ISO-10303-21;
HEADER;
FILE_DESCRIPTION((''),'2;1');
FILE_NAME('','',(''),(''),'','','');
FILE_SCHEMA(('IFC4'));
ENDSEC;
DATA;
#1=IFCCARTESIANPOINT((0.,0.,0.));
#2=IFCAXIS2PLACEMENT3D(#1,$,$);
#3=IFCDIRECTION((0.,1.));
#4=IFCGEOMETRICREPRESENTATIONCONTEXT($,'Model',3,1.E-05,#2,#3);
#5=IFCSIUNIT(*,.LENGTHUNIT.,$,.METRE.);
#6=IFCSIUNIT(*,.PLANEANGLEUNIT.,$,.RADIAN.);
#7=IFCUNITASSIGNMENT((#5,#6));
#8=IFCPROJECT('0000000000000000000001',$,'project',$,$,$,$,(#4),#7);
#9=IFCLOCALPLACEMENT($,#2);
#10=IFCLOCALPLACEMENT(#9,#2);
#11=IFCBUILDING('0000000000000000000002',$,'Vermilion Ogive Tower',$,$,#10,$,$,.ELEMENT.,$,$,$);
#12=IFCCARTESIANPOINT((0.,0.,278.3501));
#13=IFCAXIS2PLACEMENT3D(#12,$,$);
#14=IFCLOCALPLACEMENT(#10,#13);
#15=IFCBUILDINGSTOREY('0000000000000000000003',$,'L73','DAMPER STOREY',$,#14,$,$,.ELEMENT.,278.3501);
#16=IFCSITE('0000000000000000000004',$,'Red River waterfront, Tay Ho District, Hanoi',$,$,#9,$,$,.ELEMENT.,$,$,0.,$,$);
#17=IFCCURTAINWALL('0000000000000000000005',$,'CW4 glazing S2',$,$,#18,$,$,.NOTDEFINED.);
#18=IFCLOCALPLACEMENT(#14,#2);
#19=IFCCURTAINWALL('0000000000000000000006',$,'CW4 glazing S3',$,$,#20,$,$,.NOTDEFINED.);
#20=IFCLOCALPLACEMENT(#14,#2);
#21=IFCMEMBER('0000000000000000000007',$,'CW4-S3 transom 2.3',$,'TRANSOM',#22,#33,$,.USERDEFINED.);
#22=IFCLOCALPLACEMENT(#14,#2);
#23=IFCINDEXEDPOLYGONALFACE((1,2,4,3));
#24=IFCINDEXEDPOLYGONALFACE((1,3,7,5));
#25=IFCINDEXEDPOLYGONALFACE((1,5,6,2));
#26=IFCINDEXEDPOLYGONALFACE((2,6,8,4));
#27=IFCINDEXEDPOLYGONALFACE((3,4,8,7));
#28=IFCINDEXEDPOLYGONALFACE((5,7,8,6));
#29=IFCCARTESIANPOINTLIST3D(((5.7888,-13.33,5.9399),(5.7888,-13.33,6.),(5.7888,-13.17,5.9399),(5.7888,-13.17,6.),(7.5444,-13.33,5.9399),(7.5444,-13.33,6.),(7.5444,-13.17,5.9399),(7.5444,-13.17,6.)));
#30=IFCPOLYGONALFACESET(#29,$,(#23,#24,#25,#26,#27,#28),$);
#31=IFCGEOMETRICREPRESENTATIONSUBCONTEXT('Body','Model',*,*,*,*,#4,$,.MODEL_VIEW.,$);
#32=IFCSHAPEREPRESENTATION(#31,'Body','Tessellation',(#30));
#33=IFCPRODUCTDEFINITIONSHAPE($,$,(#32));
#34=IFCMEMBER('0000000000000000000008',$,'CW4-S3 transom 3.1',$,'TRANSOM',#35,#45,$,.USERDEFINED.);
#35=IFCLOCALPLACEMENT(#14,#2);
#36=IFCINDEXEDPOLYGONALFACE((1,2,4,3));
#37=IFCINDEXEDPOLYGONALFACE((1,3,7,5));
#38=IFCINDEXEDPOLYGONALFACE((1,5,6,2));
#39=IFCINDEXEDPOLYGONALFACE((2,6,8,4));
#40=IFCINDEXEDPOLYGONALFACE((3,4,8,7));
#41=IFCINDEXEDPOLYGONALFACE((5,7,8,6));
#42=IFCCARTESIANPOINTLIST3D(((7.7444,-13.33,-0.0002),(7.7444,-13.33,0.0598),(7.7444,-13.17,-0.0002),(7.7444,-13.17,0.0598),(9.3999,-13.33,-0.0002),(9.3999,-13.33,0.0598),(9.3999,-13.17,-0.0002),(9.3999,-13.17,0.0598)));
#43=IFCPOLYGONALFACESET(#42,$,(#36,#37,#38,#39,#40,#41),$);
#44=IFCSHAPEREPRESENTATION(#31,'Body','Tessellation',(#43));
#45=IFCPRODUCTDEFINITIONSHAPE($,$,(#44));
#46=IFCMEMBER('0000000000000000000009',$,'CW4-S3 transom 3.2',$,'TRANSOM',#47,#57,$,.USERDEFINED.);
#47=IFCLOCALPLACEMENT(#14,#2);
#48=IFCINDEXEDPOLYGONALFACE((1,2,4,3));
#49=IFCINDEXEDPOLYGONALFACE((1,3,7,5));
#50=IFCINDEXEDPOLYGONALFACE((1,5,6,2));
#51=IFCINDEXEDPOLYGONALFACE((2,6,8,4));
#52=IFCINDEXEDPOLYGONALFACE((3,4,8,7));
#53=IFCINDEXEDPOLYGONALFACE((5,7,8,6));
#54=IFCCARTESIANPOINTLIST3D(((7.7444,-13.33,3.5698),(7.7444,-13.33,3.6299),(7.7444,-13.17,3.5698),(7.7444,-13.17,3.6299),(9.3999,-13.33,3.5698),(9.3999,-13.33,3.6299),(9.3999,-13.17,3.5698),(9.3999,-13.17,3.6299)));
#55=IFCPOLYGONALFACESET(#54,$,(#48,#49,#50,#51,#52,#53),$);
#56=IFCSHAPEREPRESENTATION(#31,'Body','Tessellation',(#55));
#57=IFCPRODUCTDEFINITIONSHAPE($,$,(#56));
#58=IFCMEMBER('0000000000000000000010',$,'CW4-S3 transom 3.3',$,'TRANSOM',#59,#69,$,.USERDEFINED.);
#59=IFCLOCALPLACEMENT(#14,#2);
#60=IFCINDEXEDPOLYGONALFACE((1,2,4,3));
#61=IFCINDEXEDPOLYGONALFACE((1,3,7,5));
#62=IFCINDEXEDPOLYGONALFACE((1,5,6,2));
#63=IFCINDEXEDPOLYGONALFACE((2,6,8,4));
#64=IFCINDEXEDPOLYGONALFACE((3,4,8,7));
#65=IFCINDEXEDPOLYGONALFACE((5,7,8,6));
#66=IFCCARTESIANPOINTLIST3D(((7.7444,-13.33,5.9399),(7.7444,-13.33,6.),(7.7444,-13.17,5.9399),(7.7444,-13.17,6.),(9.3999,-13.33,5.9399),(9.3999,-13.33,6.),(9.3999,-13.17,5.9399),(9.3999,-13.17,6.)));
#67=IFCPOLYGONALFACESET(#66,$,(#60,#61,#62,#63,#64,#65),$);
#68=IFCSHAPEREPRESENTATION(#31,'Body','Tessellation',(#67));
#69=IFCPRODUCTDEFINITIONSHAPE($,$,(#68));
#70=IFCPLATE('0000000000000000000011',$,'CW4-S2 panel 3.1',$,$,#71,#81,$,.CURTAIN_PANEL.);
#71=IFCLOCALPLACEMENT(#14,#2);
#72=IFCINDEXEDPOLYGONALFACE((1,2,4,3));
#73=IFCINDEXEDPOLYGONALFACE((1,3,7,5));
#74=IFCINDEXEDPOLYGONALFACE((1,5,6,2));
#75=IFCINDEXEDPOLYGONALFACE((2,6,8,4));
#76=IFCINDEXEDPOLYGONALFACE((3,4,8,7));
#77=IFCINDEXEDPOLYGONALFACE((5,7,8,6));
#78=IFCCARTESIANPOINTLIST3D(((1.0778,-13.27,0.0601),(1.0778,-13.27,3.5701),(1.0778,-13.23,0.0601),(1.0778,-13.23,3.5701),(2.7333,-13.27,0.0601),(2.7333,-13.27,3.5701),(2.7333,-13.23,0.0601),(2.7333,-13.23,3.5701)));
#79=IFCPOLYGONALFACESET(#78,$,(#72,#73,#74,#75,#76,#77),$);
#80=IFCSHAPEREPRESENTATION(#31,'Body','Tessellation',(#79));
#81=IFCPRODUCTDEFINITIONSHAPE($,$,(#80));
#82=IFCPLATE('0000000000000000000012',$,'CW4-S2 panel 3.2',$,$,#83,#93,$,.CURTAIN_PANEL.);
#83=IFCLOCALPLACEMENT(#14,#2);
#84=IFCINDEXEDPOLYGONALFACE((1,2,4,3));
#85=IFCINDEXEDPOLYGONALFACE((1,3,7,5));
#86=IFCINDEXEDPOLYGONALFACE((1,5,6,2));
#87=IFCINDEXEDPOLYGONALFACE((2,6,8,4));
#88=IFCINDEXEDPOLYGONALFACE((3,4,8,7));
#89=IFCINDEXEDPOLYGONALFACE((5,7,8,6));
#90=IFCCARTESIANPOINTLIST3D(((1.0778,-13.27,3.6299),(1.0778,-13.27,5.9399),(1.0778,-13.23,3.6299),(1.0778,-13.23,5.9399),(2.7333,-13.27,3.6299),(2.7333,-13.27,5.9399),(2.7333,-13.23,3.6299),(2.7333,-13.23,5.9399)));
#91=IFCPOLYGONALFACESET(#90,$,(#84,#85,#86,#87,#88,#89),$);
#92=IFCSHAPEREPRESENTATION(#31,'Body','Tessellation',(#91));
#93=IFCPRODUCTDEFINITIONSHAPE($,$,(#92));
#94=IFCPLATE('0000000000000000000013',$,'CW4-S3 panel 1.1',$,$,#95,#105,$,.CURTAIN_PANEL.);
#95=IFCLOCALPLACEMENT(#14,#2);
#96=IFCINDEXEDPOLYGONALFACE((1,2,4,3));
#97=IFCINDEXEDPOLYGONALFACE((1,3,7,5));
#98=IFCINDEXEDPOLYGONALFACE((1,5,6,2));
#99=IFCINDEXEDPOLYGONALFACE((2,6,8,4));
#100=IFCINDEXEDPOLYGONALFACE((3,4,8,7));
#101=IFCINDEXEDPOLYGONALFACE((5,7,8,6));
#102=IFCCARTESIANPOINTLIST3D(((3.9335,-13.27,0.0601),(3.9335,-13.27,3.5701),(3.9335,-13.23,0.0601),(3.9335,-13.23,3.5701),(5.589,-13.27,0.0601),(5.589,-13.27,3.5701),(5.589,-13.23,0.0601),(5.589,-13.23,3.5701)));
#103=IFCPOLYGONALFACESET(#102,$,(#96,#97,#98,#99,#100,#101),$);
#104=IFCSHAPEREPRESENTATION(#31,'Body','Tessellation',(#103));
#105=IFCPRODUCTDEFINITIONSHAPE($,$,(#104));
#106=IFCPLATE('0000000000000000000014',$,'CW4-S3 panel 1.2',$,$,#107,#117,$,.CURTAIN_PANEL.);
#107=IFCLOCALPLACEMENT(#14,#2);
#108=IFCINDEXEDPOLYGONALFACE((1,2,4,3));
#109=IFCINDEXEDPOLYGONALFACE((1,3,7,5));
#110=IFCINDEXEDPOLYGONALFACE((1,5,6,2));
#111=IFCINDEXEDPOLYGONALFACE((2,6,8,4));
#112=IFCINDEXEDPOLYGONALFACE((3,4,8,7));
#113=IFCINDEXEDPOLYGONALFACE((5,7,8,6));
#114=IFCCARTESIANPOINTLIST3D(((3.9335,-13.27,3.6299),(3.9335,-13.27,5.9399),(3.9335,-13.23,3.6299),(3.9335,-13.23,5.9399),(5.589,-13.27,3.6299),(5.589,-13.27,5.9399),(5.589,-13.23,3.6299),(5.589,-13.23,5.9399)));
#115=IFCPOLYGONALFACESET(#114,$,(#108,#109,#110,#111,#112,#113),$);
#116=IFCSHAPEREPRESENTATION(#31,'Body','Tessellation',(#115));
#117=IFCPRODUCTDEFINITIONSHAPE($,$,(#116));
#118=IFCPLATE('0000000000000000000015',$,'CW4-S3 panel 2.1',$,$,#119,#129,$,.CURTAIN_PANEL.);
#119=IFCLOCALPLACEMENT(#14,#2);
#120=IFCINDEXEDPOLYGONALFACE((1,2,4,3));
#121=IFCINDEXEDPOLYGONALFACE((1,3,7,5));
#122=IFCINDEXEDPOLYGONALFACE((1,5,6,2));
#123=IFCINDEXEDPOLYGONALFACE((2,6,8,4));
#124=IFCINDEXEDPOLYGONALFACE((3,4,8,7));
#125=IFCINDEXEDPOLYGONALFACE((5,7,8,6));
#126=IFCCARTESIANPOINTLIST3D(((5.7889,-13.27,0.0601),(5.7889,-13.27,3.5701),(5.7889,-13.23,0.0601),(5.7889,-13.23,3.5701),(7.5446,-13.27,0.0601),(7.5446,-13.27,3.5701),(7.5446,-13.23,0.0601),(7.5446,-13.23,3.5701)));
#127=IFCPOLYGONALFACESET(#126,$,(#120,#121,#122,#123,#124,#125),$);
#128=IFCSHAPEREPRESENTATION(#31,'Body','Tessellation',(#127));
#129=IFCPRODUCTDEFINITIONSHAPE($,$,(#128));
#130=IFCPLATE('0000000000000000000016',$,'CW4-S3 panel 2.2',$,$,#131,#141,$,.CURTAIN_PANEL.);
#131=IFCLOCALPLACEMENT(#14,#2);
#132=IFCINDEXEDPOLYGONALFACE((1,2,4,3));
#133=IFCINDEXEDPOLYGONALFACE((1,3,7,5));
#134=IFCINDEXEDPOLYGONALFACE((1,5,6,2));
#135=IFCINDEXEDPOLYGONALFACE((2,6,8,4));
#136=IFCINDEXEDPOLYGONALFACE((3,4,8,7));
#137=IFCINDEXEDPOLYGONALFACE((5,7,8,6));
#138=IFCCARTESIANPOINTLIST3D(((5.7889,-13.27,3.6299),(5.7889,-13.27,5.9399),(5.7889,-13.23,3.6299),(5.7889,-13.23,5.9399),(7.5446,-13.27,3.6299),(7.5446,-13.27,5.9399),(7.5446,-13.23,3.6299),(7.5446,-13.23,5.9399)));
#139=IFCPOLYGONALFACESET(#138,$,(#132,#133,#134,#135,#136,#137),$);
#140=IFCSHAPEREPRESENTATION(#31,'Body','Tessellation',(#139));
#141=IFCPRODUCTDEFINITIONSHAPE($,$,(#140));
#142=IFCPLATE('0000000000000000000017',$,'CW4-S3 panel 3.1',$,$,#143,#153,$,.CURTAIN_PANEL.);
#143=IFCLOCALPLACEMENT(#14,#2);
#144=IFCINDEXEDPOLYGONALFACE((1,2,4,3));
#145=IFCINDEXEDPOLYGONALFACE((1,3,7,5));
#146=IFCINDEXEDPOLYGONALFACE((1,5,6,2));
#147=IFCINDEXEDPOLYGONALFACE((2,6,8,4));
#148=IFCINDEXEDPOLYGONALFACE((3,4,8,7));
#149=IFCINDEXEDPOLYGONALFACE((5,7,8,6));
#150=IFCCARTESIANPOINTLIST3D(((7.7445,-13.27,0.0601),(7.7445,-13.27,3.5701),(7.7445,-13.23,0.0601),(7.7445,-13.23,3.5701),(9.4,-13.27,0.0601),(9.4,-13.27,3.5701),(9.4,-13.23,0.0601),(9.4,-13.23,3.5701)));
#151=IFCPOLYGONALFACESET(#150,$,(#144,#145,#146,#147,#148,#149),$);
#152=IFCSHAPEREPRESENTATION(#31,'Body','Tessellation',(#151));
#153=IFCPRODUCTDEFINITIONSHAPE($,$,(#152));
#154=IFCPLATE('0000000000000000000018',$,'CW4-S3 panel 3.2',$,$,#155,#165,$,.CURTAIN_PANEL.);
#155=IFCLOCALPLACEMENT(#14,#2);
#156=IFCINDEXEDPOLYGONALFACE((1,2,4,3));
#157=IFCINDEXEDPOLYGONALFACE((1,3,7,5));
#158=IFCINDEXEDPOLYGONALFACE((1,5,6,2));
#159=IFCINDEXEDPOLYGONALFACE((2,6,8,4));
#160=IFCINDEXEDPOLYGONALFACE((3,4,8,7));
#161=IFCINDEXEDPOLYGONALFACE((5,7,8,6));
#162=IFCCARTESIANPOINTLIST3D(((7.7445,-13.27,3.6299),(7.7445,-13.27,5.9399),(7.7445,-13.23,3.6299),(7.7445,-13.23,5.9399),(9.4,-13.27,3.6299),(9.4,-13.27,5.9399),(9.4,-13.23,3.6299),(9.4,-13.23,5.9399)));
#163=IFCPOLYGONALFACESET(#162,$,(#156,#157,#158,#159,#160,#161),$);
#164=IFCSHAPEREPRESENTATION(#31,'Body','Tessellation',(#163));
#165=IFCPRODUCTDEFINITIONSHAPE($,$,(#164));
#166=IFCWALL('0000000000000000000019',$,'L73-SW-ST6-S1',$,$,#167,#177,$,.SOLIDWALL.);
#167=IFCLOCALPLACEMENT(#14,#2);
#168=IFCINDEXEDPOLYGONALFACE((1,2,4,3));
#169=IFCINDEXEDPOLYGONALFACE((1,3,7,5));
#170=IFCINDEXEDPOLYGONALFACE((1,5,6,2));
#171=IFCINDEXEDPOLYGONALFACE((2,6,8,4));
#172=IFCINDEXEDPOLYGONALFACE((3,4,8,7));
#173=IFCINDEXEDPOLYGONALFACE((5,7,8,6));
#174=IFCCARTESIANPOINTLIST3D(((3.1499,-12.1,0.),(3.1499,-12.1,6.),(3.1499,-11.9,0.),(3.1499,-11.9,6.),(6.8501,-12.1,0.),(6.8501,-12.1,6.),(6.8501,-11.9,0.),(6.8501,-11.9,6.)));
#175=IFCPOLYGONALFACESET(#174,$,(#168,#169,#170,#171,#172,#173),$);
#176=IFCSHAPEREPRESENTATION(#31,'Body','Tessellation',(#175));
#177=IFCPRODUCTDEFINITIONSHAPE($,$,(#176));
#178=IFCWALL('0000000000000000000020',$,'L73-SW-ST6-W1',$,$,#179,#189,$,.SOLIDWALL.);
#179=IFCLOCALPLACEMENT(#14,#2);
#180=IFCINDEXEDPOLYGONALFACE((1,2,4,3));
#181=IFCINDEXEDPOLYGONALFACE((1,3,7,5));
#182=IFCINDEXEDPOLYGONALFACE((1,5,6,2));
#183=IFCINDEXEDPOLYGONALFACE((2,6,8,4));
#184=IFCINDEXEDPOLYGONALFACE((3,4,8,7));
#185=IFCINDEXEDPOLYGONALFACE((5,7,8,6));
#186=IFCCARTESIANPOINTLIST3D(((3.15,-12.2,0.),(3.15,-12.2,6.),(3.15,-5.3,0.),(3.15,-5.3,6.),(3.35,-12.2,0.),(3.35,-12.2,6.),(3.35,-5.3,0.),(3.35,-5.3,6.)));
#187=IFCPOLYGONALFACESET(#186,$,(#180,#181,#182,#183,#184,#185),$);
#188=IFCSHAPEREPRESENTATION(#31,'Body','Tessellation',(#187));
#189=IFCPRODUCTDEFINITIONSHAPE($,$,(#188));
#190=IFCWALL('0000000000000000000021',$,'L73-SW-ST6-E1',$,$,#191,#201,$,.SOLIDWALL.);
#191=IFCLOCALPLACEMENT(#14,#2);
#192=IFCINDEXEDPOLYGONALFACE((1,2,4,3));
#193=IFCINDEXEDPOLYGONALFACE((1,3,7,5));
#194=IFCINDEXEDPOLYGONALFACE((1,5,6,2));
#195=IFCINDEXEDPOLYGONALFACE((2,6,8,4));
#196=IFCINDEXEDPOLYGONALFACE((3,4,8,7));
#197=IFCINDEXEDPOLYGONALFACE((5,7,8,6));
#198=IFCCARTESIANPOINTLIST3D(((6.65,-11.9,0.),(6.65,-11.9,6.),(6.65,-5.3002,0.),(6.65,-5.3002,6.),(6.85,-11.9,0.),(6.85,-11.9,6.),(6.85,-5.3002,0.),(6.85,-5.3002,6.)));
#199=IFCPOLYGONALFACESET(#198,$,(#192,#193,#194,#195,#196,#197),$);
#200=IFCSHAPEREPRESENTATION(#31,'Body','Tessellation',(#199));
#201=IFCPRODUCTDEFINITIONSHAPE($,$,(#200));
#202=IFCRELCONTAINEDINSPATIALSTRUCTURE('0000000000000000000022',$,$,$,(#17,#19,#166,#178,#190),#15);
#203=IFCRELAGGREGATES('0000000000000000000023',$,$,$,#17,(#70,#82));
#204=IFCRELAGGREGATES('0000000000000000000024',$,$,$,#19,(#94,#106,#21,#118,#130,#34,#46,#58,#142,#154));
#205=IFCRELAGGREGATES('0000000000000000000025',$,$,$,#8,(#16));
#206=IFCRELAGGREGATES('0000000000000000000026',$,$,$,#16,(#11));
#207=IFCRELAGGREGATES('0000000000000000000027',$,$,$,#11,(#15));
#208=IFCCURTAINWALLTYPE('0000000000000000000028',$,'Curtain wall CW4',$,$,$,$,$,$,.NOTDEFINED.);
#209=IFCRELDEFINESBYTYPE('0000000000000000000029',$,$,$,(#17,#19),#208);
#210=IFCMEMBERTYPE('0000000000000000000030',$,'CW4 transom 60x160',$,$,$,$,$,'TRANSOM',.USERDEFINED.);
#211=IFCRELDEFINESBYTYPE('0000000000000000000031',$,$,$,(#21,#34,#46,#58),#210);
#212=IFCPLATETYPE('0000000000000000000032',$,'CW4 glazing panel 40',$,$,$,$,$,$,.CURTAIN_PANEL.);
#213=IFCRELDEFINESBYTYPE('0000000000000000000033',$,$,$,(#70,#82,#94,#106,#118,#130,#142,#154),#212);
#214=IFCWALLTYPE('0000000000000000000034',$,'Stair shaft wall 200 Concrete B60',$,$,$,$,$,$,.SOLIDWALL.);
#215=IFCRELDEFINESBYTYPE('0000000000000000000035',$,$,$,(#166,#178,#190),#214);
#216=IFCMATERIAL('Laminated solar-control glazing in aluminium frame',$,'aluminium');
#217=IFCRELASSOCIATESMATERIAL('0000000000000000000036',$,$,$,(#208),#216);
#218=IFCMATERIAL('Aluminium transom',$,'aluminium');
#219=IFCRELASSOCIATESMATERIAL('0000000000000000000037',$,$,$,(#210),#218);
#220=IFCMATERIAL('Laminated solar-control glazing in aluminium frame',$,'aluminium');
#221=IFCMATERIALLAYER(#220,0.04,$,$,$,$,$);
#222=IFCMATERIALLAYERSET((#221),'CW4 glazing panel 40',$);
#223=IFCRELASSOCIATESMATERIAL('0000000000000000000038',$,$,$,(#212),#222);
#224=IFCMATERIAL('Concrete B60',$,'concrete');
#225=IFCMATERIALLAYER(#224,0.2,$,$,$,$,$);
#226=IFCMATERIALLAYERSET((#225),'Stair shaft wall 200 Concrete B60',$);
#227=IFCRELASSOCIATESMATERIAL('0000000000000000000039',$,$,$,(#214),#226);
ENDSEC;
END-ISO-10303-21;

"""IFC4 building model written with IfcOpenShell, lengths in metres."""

from ifc_helpers import new_model, si_unit, direction, frame, frame_2d, origin, origin_2d, place, context, subcontext, project, spatial, rectangle, extrude, material, layer, layer_set, material_profile, profile_set, type_object, element, aggregate, save


model = new_model("IFC4")

# Units and contexts
model_context = context("Model", 3, precision=1e-05, world=origin(), true_north=direction((0.0, 1.0)))
body_context = subcontext(model_context, "Body", "Model", "MODEL_VIEW")
ifc_project = project(units=[si_unit("LENGTHUNIT", "METRE"), si_unit("PLANEANGLEUNIT", "RADIAN")], contexts=[model_context])

# Site, building, storey
site_placement = place(None, origin())
site = spatial("IfcSite", under=ifc_project, at=site_placement, Name="Red River waterfront, Tay Ho District, Hanoi", CompositionType="ELEMENT", RefElevation=0.0)
building_placement = place(site_placement, origin())
building = spatial("IfcBuilding", under=site, at=building_placement, Name="Vermilion Ogive Tower", CompositionType="ELEMENT")
storey_placement = place(building_placement, frame((0.0, 0.0, 278.3501)))
storey = spatial("IfcBuildingStorey", under=building, at=storey_placement, Name="L73", Description="DAMPER STOREY", CompositionType="ELEMENT", Elevation=278.3501)

# Curtain walls
ifc_material_1 = material(Name="Laminated solar-control glazing in aluminium frame", Category="aluminium")
curtain_wall_type = type_object("IfcCurtainWallType", Name="Curtain wall CW4", PredefinedType="NOTDEFINED", material=ifc_material_1)
curtain_wall_1_placement = place(storey_placement, origin())
curtain_wall_1 = element("IfcCurtainWall", 1, at=curtain_wall_1_placement, inside=storey, type_object=curtain_wall_type, Name="CW4 glazing S2", PredefinedType="NOTDEFINED")
curtain_wall_2_placement = place(storey_placement, origin())
curtain_wall_2 = element("IfcCurtainWall", 2, at=curtain_wall_2_placement, inside=storey, type_object=curtain_wall_type, Name="CW4 glazing S3", PredefinedType="NOTDEFINED")

# Members
ifc_material_2 = material(Name="Aluminium transom", Category="aluminium")
ifc_material_profile_1 = material_profile(ifc_material_2, rectangle(XDim=0.1599, YDim=0.0601, at=origin_2d()), Name="AL 60x160")
ifc_profile_set_1 = profile_set([ifc_material_profile_1], Name="Aluminium transom")
member_type_1 = type_object("IfcMemberType", Name="CW4 transom 60x160", ElementType="TRANSOM", PredefinedType="USERDEFINED", material=ifc_profile_set_1)
member_1_placement = place(storey_placement, frame((5.7888, -13.25, 5.97), z_axis=(1.0, 0.0, 0.0), x_axis=(0.0, 1.0, 0.0)))
member_1 = element("IfcMember", 3, at=member_1_placement, type_object=member_type_1, Name="CW4-S3 transom 2.3", ObjectType="TRANSOM", PredefinedType="USERDEFINED", context=body_context, shape_type="SweptSolid", body=[
    extrude(rectangle(XDim=0.1599, YDim=0.0601, at=origin_2d()), origin(), (0.0, 0.0, 1.0), 1.7556),
])
member_2_placement = place(storey_placement, frame((7.7444, -13.25, 0.0298), z_axis=(1.0, 0.0, 0.0), x_axis=(0.0, 1.0, 0.0)))
member_2 = element("IfcMember", 4, at=member_2_placement, type_object=member_type_1, Name="CW4-S3 transom 3.1", ObjectType="TRANSOM", PredefinedType="USERDEFINED", context=body_context, shape_type="SweptSolid", body=[
    extrude(rectangle(XDim=0.1599, YDim=0.0601, at=origin_2d()), origin(), (0.0, 0.0, 1.0), 1.6555),
])
member_3_placement = place(storey_placement, frame((7.7444, -13.25, 3.5999), z_axis=(1.0, 0.0, 0.0), x_axis=(0.0, 1.0, 0.0)))
member_3 = element("IfcMember", 5, at=member_3_placement, type_object=member_type_1, Name="CW4-S3 transom 3.2", ObjectType="TRANSOM", PredefinedType="USERDEFINED", context=body_context, shape_type="SweptSolid", body=[
    extrude(rectangle(XDim=0.1599, YDim=0.0601, at=origin_2d()), origin(), (0.0, 0.0, 1.0), 1.6555),
])
member_4_placement = place(storey_placement, frame((7.7444, -13.25, 5.97), z_axis=(1.0, 0.0, 0.0), x_axis=(0.0, 1.0, 0.0)))
member_4 = element("IfcMember", 6, at=member_4_placement, type_object=member_type_1, Name="CW4-S3 transom 3.3", ObjectType="TRANSOM", PredefinedType="USERDEFINED", context=body_context, shape_type="SweptSolid", body=[
    extrude(rectangle(XDim=0.1599, YDim=0.0601, at=origin_2d()), origin(), (0.0, 0.0, 1.0), 1.6555),
])

# Plates
ifc_material_3 = material(Name="Laminated solar-control glazing in aluminium frame", Category="aluminium")
ifc_layer_1 = layer(ifc_material_3, 0.04)
ifc_layer_set_1 = layer_set([ifc_layer_1], Name="CW4 glazing panel 40")
plate_type = type_object("IfcPlateType", Name="CW4 glazing panel 40", PredefinedType="CURTAIN_PANEL", material=ifc_layer_set_1)
plate_1_placement = place(storey_placement, frame((1.9055, -13.25, 0.0601), z_axis=(0.0, 0.0, 1.0), x_axis=(1.0, 0.0, 0.0)))
plate_1 = element("IfcPlate", 7, at=plate_1_placement, type_object=plate_type, Name="CW4-S2 panel 3.1", PredefinedType="CURTAIN_PANEL", context=body_context, shape_type="SweptSolid", body=[
    extrude(rectangle(XDim=1.6555, YDim=0.04, at=origin_2d()), origin(), (0.0, 0.0, 1.0), 3.51),
])
plate_2_placement = place(storey_placement, frame((1.9055, -13.25, 3.6299), z_axis=(0.0, 0.0, 1.0), x_axis=(1.0, 0.0, 0.0)))
plate_2 = element("IfcPlate", 8, at=plate_2_placement, type_object=plate_type, Name="CW4-S2 panel 3.2", PredefinedType="CURTAIN_PANEL", context=body_context, shape_type="SweptSolid", body=[
    extrude(rectangle(XDim=1.6555, YDim=0.04, at=origin_2d()), origin(), (0.0, 0.0, 1.0), 2.3101),
])
aggregate(curtain_wall_1, [plate_1, plate_2])
plate_3_placement = place(storey_placement, frame((4.7612, -13.25, 0.0601), z_axis=(0.0, 0.0, 1.0), x_axis=(1.0, 0.0, 0.0)))
plate_3 = element("IfcPlate", 9, at=plate_3_placement, type_object=plate_type, Name="CW4-S3 panel 1.1", PredefinedType="CURTAIN_PANEL", context=body_context, shape_type="SweptSolid", body=[
    extrude(rectangle(XDim=1.6555, YDim=0.04, at=origin_2d()), origin(), (0.0, 0.0, 1.0), 3.51),
])
plate_4_placement = place(storey_placement, frame((4.7612, -13.25, 3.6299), z_axis=(0.0, 0.0, 1.0), x_axis=(1.0, 0.0, 0.0)))
plate_4 = element("IfcPlate", 10, at=plate_4_placement, type_object=plate_type, Name="CW4-S3 panel 1.2", PredefinedType="CURTAIN_PANEL", context=body_context, shape_type="SweptSolid", body=[
    extrude(rectangle(XDim=1.6555, YDim=0.04, at=origin_2d()), origin(), (0.0, 0.0, 1.0), 2.3101),
])
plate_5_placement = place(storey_placement, frame((6.6667, -13.25, 0.0601), z_axis=(0.0, 0.0, 1.0), x_axis=(1.0, 0.0, 0.0)))
plate_5 = element("IfcPlate", 11, at=plate_5_placement, type_object=plate_type, Name="CW4-S3 panel 2.1", PredefinedType="CURTAIN_PANEL", context=body_context, shape_type="SweptSolid", body=[
    extrude(rectangle(XDim=1.7556, YDim=0.04, at=origin_2d()), origin(), (0.0, 0.0, 1.0), 3.51),
])
plate_6_placement = place(storey_placement, frame((6.6667, -13.25, 3.6299), z_axis=(0.0, 0.0, 1.0), x_axis=(1.0, 0.0, 0.0)))
plate_6 = element("IfcPlate", 12, at=plate_6_placement, type_object=plate_type, Name="CW4-S3 panel 2.2", PredefinedType="CURTAIN_PANEL", context=body_context, shape_type="SweptSolid", body=[
    extrude(rectangle(XDim=1.7556, YDim=0.04, at=origin_2d()), origin(), (0.0, 0.0, 1.0), 2.3101),
])
plate_7_placement = place(storey_placement, frame((8.5723, -13.25, 0.0601), z_axis=(0.0, 0.0, 1.0), x_axis=(1.0, 0.0, 0.0)))
plate_7 = element("IfcPlate", 13, at=plate_7_placement, type_object=plate_type, Name="CW4-S3 panel 3.1", PredefinedType="CURTAIN_PANEL", context=body_context, shape_type="SweptSolid", body=[
    extrude(rectangle(XDim=1.6555, YDim=0.04, at=origin_2d()), origin(), (0.0, 0.0, 1.0), 3.51),
])
plate_8_placement = place(storey_placement, frame((8.5723, -13.25, 3.6299), z_axis=(0.0, 0.0, 1.0), x_axis=(1.0, 0.0, 0.0)))
plate_8 = element("IfcPlate", 14, at=plate_8_placement, type_object=plate_type, Name="CW4-S3 panel 3.2", PredefinedType="CURTAIN_PANEL", context=body_context, shape_type="SweptSolid", body=[
    extrude(rectangle(XDim=1.6555, YDim=0.04, at=origin_2d()), origin(), (0.0, 0.0, 1.0), 2.3101),
])
aggregate(curtain_wall_2, [plate_3, plate_4, member_1, plate_5, plate_6, member_2, member_3, member_4, plate_7, plate_8])

# Walls
ifc_material_4 = material(Name="Concrete B60", Category="concrete")
ifc_layer_2 = layer(ifc_material_4, 0.2)
ifc_layer_set_2 = layer_set([ifc_layer_2], Name="Stair shaft wall 200 Concrete B60")
wall_type = type_object("IfcWallType", Name="Stair shaft wall 200 Concrete B60", PredefinedType="SOLIDWALL", material=ifc_layer_set_2)
wall_1_placement = place(storey_placement, frame((3.1499, -12.0, 0.0), z_axis=(0.0, 0.0, 1.0), x_axis=(1.0, 0.0, 0.0)))
element("IfcWall", 15, at=wall_1_placement, inside=storey, type_object=wall_type, Name="L73-SW-ST6-S1", PredefinedType="SOLIDWALL", context=body_context, shape_type="SweptSolid", body=[
    extrude(rectangle(XDim=3.7002, YDim=0.2, at=frame_2d((1.8501, 0.0))), origin(), (0.0, 0.0, 1.0), 6.0),
])
wall_2_placement = place(storey_placement, frame((3.25, -12.2, 0.0), z_axis=(0.0, 0.0, 1.0), x_axis=(0.0, 1.0, 0.0)))
element("IfcWall", 16, at=wall_2_placement, inside=storey, type_object=wall_type, Name="L73-SW-ST6-W1", PredefinedType="SOLIDWALL", context=body_context, shape_type="SweptSolid", body=[
    extrude(rectangle(XDim=6.8999, YDim=0.2, at=frame_2d((3.45, 0.0))), origin(), (0.0, 0.0, 1.0), 6.0),
])
wall_3_placement = place(storey_placement, frame((6.75, -11.8999, 0.0), z_axis=(0.0, 0.0, 1.0), x_axis=(0.0, 1.0, 0.0)))
element("IfcWall", 17, at=wall_3_placement, inside=storey, type_object=wall_type, Name="L73-SW-ST6-E1", PredefinedType="SOLIDWALL", context=body_context, shape_type="SweptSolid", body=[
    extrude(rectangle(XDim=6.5999, YDim=0.2, at=frame_2d((3.2998, 0.0))), origin(), (0.0, 0.0, 1.0), 6.0),
])

save(model, "model.ifc")
